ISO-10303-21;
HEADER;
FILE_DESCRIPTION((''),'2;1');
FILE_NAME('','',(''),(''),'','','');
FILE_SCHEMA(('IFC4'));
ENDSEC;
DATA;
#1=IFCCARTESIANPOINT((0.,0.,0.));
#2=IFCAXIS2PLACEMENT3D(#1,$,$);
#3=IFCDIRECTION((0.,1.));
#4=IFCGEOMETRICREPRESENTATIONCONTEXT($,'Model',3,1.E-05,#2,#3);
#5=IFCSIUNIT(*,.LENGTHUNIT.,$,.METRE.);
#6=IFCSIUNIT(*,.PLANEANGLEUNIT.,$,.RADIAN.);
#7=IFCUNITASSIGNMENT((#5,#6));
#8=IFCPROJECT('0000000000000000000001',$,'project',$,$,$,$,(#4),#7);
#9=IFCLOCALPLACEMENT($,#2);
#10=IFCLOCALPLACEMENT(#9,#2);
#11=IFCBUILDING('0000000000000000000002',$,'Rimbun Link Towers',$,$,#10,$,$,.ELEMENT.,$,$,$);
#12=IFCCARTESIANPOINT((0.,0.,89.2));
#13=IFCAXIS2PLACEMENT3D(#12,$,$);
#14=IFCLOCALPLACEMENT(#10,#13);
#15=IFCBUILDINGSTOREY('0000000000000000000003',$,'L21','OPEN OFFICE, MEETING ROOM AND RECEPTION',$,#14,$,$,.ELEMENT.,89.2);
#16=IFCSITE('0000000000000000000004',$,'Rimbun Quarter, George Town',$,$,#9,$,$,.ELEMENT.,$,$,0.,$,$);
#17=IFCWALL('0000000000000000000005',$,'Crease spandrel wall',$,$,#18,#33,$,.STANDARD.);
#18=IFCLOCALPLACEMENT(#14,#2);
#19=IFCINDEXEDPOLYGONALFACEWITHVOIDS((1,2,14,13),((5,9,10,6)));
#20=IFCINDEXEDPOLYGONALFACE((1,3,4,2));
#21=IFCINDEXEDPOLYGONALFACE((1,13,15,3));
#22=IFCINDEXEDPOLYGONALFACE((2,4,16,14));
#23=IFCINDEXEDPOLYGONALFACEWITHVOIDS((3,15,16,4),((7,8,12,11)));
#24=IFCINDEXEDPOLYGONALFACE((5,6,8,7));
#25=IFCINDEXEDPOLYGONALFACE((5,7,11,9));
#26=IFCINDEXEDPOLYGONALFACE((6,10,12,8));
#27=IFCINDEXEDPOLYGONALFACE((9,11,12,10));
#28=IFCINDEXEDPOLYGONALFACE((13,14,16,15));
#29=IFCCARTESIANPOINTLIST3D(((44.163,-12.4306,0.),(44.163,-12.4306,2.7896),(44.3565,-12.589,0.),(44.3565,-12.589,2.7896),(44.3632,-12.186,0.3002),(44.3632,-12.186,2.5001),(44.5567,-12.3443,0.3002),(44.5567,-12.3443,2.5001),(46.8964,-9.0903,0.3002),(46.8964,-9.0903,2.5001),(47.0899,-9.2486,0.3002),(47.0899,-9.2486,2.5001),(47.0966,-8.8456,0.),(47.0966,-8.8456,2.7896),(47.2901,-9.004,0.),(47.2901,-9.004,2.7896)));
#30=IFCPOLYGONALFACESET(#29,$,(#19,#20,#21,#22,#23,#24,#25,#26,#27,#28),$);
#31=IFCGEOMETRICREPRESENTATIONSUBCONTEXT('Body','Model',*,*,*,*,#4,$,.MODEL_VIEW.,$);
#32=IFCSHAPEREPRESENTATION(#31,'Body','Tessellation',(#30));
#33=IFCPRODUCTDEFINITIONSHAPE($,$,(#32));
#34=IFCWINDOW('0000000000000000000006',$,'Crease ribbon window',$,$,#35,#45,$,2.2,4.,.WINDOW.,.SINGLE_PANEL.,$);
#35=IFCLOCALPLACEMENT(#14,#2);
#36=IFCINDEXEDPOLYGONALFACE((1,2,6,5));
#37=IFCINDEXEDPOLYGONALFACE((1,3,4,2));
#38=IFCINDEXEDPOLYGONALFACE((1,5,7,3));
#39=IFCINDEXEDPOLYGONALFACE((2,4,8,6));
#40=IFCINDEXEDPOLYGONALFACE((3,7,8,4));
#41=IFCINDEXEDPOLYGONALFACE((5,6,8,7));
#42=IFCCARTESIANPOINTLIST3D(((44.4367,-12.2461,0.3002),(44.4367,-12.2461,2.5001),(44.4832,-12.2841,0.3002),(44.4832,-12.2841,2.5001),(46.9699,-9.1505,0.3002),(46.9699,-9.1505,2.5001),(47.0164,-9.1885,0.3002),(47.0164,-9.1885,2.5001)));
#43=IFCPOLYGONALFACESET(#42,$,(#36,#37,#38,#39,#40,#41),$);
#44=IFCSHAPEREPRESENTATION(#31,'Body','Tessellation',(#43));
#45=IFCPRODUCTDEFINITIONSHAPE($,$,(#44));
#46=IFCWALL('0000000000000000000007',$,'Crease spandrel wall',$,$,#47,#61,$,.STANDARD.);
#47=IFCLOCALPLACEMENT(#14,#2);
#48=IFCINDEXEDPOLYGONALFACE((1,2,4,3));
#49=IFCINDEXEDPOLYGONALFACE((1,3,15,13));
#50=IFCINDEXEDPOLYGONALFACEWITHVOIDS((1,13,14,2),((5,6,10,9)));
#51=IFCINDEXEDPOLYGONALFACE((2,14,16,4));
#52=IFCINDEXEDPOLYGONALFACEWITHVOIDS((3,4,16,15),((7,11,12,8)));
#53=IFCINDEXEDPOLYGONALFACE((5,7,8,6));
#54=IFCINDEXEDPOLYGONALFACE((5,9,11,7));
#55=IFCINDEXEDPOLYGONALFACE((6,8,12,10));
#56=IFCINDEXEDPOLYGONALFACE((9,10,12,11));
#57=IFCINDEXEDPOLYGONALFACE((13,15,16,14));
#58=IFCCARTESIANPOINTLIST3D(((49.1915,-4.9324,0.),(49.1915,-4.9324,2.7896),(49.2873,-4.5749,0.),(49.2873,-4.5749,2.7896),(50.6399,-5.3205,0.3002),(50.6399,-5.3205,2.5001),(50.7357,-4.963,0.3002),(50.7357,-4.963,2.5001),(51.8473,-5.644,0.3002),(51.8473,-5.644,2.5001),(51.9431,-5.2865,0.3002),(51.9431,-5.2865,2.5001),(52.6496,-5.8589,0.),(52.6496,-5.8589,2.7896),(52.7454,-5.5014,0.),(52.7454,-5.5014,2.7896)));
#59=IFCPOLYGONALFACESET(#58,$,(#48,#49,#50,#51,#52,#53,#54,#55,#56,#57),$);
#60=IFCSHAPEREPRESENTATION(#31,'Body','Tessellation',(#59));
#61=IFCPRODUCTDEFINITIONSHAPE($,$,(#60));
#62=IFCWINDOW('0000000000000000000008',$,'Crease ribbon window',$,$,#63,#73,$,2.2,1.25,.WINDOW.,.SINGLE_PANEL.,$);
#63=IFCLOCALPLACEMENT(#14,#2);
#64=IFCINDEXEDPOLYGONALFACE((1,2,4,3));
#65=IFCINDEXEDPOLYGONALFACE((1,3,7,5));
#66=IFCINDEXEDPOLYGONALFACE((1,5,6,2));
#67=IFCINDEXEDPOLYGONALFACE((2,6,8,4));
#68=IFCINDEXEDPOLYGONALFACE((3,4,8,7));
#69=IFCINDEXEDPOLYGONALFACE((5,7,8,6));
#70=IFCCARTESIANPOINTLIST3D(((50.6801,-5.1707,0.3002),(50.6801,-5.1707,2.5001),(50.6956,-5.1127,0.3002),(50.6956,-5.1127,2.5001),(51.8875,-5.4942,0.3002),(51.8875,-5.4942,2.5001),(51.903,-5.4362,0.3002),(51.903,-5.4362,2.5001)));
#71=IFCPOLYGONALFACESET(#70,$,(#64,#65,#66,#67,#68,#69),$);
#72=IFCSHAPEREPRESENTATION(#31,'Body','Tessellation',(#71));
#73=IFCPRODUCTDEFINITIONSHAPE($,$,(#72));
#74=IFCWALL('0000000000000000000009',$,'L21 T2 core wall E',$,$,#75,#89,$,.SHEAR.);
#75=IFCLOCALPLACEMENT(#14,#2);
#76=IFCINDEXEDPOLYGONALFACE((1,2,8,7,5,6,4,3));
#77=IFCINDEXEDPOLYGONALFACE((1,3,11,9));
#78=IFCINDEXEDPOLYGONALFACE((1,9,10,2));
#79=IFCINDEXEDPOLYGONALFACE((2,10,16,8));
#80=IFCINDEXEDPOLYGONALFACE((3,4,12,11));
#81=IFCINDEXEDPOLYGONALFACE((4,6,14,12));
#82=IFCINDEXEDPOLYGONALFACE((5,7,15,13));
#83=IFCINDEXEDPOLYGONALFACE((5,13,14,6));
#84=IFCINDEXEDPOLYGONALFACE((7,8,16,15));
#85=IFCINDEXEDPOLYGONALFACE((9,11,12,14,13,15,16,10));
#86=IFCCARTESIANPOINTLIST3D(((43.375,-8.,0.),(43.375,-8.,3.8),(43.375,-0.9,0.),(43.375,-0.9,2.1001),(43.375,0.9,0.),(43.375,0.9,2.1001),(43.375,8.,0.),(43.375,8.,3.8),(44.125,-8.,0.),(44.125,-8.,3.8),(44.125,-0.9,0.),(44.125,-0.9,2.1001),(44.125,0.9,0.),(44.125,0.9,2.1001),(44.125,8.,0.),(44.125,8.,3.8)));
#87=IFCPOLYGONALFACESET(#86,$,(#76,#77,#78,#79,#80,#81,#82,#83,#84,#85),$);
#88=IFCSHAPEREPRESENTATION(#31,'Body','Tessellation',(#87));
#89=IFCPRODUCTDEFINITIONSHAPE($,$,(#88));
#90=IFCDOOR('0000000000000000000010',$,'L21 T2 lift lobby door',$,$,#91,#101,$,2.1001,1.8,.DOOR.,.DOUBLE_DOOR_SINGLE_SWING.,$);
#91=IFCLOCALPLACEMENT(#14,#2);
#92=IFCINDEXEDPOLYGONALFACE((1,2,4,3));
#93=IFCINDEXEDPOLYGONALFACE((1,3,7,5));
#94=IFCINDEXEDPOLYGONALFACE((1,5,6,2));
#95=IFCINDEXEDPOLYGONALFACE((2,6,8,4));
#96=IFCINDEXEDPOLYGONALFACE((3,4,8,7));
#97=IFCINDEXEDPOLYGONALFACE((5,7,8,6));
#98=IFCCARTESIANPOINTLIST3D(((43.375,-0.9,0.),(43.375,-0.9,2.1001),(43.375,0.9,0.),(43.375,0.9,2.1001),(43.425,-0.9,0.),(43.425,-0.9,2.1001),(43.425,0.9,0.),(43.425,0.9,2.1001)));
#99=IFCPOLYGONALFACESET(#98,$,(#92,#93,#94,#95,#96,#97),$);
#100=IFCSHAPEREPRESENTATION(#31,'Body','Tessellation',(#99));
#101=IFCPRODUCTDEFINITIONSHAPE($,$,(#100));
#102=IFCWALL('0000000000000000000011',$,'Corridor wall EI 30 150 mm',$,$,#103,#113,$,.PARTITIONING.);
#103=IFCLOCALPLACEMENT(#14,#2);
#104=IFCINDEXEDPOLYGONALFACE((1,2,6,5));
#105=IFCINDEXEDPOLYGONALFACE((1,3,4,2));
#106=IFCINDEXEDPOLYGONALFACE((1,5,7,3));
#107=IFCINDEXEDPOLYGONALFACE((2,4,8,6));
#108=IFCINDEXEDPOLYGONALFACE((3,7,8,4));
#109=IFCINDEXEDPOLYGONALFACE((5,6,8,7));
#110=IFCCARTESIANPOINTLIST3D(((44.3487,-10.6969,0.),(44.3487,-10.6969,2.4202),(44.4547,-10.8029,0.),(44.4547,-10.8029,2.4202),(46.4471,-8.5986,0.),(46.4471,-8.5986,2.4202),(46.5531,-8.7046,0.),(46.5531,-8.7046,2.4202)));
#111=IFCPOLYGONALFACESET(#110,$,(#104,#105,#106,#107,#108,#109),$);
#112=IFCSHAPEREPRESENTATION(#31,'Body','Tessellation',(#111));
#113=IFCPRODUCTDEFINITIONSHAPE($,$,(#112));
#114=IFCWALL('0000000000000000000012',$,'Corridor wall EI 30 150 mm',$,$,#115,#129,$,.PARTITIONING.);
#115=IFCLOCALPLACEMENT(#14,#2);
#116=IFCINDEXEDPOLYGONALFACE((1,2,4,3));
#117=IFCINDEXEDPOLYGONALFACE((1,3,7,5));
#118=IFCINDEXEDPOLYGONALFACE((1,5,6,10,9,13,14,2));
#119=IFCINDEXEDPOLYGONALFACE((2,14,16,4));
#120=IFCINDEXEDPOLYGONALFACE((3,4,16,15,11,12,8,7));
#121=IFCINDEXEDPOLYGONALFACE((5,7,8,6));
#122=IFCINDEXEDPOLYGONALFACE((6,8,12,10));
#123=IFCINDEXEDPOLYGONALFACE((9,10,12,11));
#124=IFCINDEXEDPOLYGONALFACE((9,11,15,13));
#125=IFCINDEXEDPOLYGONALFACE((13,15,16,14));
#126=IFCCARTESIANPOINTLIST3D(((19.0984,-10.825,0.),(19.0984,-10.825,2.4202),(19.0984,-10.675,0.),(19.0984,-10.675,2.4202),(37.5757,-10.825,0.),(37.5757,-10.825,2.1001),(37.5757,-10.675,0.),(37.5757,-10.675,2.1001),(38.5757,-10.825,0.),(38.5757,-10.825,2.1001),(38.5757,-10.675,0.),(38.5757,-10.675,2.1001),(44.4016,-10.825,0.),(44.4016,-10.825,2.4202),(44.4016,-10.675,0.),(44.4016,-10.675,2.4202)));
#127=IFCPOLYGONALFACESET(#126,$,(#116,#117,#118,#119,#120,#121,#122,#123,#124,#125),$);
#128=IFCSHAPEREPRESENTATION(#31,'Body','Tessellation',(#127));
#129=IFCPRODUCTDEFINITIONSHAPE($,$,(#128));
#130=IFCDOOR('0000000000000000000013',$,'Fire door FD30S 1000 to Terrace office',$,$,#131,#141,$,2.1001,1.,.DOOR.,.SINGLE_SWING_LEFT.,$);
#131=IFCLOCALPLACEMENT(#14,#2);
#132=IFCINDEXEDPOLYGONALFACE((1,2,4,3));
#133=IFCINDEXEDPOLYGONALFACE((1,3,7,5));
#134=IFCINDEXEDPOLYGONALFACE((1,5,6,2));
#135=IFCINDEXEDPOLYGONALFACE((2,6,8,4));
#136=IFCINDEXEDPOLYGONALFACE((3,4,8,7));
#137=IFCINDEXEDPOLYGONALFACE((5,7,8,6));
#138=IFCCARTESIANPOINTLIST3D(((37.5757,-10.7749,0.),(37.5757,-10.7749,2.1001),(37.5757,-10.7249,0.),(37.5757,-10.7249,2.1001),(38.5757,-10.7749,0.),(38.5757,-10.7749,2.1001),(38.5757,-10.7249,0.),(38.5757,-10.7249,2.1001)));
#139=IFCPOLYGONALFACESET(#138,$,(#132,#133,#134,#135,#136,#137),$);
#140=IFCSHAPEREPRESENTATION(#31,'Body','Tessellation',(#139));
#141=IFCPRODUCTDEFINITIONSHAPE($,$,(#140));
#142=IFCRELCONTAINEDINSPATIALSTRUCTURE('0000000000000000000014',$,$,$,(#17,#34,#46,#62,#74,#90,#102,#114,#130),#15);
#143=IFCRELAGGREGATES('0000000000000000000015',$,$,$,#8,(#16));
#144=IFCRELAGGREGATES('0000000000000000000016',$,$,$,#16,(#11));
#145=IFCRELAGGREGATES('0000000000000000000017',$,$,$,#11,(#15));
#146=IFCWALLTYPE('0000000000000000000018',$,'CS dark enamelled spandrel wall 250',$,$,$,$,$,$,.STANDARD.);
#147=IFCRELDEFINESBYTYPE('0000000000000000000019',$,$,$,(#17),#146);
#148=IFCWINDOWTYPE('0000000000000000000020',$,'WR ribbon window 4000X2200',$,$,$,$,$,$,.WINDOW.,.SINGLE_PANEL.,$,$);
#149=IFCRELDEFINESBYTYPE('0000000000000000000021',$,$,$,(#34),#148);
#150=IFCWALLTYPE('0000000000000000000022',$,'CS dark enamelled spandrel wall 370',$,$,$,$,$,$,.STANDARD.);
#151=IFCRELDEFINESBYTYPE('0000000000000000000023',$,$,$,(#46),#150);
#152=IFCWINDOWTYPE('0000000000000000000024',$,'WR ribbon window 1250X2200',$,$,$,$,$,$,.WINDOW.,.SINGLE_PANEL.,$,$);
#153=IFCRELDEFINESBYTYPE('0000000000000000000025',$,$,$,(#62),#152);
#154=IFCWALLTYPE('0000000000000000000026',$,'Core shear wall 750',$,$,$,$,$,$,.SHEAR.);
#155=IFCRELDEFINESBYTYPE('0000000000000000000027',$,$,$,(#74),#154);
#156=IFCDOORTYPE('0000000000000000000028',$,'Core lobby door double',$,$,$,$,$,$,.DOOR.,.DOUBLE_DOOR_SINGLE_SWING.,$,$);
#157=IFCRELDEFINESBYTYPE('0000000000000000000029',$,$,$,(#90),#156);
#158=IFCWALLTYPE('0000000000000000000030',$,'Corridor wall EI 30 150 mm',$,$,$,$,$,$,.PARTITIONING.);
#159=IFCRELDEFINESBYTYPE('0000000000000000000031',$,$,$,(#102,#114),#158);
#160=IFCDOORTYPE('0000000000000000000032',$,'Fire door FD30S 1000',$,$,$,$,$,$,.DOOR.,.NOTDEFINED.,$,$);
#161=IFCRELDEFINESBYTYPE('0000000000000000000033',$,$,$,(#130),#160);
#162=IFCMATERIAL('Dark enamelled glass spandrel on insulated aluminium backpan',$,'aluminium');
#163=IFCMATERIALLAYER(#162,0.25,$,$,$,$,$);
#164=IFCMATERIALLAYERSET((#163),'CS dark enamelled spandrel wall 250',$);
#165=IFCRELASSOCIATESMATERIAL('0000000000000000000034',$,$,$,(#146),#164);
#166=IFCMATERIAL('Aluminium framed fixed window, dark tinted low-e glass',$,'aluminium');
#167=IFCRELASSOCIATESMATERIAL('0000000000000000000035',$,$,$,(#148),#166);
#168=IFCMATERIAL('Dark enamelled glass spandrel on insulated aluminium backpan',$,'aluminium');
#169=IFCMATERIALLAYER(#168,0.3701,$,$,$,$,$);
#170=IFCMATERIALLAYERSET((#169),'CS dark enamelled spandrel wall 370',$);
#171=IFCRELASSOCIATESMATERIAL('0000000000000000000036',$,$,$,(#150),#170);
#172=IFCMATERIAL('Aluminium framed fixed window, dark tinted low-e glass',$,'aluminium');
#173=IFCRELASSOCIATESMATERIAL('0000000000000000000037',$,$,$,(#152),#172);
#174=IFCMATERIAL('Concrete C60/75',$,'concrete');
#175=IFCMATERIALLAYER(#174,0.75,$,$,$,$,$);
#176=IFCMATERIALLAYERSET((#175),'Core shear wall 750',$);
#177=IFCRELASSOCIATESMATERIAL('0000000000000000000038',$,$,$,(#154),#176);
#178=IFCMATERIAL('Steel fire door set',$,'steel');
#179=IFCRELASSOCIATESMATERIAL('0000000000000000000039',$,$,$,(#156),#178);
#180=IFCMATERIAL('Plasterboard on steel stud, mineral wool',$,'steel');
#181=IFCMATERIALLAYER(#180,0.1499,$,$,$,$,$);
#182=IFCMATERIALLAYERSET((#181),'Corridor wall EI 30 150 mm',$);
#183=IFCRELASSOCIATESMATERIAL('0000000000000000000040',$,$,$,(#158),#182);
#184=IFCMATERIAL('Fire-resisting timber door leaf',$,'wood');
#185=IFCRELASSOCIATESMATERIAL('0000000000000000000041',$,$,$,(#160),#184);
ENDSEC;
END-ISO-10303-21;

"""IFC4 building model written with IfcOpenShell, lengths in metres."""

from ifc_helpers import new_model, si_unit, direction, frame, frame_2d, origin, place, context, subcontext, project, spatial, rectangle, extrude, material, layer, layer_set, type_object, element, fill, save


model = new_model("IFC4")

# Units and contexts
model_context = context("Model", 3, precision=1e-05, world=origin(), true_north=direction((0.0, 1.0)))
body_context = subcontext(model_context, "Body", "Model", "MODEL_VIEW")
ifc_project = project(units=[si_unit("LENGTHUNIT", "METRE"), si_unit("PLANEANGLEUNIT", "RADIAN")], contexts=[model_context])

# Site, building, storey
site_placement = place(None, origin())
site = spatial("IfcSite", under=ifc_project, at=site_placement, Name="Rimbun Quarter, George Town", CompositionType="ELEMENT", RefElevation=0.0)
building_placement = place(site_placement, origin())
building = spatial("IfcBuilding", under=site, at=building_placement, Name="Rimbun Link Towers", CompositionType="ELEMENT")
storey_placement = place(building_placement, frame((0.0, 0.0, 89.2)))
storey = spatial("IfcBuildingStorey", under=building, at=storey_placement, Name="L21", Description="OPEN OFFICE, MEETING ROOM AND RECEPTION", CompositionType="ELEMENT", Elevation=89.2)

# Walls, openings, windows
ifc_material_1 = material(Name="Dark enamelled glass spandrel on insulated aluminium backpan", Category="aluminium")
ifc_layer_1 = layer(ifc_material_1, 0.25)
ifc_layer_set_1 = layer_set([ifc_layer_1], Name="CS dark enamelled spandrel wall 250")
wall_type_1 = type_object("IfcWallType", Name="CS dark enamelled spandrel wall 250", PredefinedType="STANDARD", material=ifc_layer_set_1)
wall_1_placement = place(storey_placement, frame((47.1934, -8.9248, 0.0), z_axis=(0.0, 0.0, 1.0), x_axis=(-0.633295, -0.77391, 0.0)))
wall_1 = element("IfcWall", 1, at=wall_1_placement, inside=storey, type_object=wall_type_1, Name="Crease spandrel wall", PredefinedType="STANDARD", context=body_context, shape_type="SweptSolid", body=[
    extrude(rectangle(XDim=4.6323, YDim=0.25, at=frame_2d((2.3162, 0.0))), origin(), (0.0, 0.0, 1.0), 2.7896),
])
opening_1_placement = place(wall_1_placement, frame((0.3162, 0.0, 0.3)))
opening_1 = element("IfcOpeningElement", 2, at=opening_1_placement, cuts=wall_1, PredefinedType="OPENING", context=body_context, shape_type="SweptSolid", body=[
    extrude(rectangle(XDim=4.0, YDim=2.2, at=frame_2d((2.0, 1.1001))), frame((0.0, 0.135, 0.0), z_axis=(0.0, -1.0, 0.0), x_axis=(1.0, 0.0, 0.0)), (0.0, 0.0, 1.0), 0.27),
])
ifc_material_2 = material(Name="Aluminium framed fixed window, dark tinted low-e glass", Category="aluminium")
window_type_1 = type_object("IfcWindowType", Name="WR ribbon window 4000X2200", PartitioningType="SINGLE_PANEL", PredefinedType="WINDOW", material=ifc_material_2)
window_1_placement = place(opening_1_placement, origin())
window_1 = element("IfcWindow", 3, at=window_1_placement, inside=storey, type_object=window_type_1, Name="Crease ribbon window", OverallHeight=2.2, OverallWidth=4.0, PartitioningType="SINGLE_PANEL", PredefinedType="WINDOW", context=body_context, shape_type="SweptSolid", body=[
    extrude(rectangle(XDim=4.0, YDim=2.2, at=frame_2d((2.0, 1.1001))), frame((0.0, 0.03, 0.0), z_axis=(0.0, -1.0, 0.0), x_axis=(1.0, 0.0, 0.0)), (0.0, 0.0, 1.0), 0.0601),
])
fill(opening_1, window_1)
ifc_material_3 = material(Name="Dark enamelled glass spandrel on insulated aluminium backpan", Category="aluminium")
ifc_layer_2 = layer(ifc_material_3, 0.3701)
ifc_layer_set_2 = layer_set([ifc_layer_2], Name="CS dark enamelled spandrel wall 370")
wall_type_2 = type_object("IfcWallType", Name="CS dark enamelled spandrel wall 370", PredefinedType="STANDARD", material=ifc_layer_set_2)
wall_2_placement = place(storey_placement, frame((52.6975, -5.6802, 0.0), z_axis=(0.0, 0.0, 1.0), x_axis=(-0.96593, 0.258804, 0.0)))
wall_2 = element("IfcWall", 4, at=wall_2_placement, inside=storey, type_object=wall_type_2, Name="Crease spandrel wall", PredefinedType="STANDARD", context=body_context, shape_type="SweptSolid", body=[
    extrude(rectangle(XDim=3.5801, YDim=0.3701, at=frame_2d((1.79, 0.0))), origin(), (0.0, 0.0, 1.0), 2.7896),
])
opening_2_placement = place(wall_2_placement, frame((0.8306, 0.0, 0.3)))
opening_2 = element("IfcOpeningElement", 5, at=opening_2_placement, cuts=wall_2, PredefinedType="OPENING", context=body_context, shape_type="SweptSolid", body=[
    extrude(rectangle(XDim=1.25, YDim=2.2, at=frame_2d((0.625, 1.1001))), frame((0.0, 0.1951, 0.0), z_axis=(0.0, -1.0, 0.0), x_axis=(1.0, 0.0, 0.0)), (0.0, 0.0, 1.0), 0.3901),
])
ifc_material_4 = material(Name="Aluminium framed fixed window, dark tinted low-e glass", Category="aluminium")
window_type_2 = type_object("IfcWindowType", Name="WR ribbon window 1250X2200", PartitioningType="SINGLE_PANEL", PredefinedType="WINDOW", material=ifc_material_4)
window_2_placement = place(opening_2_placement, origin())
window_2 = element("IfcWindow", 6, at=window_2_placement, inside=storey, type_object=window_type_2, Name="Crease ribbon window", OverallHeight=2.2, OverallWidth=1.25, PartitioningType="SINGLE_PANEL", PredefinedType="WINDOW", context=body_context, shape_type="SweptSolid", body=[
    extrude(rectangle(XDim=1.25, YDim=2.2, at=frame_2d((0.625, 1.1001))), frame((0.0, 0.03, 0.0), z_axis=(0.0, -1.0, 0.0), x_axis=(1.0, 0.0, 0.0)), (0.0, 0.0, 1.0), 0.0601),
])
fill(opening_2, window_2)

# Wall, opening, door
ifc_material_5 = material(Name="Concrete C60/75", Category="concrete")
ifc_layer_3 = layer(ifc_material_5, 0.75)
ifc_layer_set_3 = layer_set([ifc_layer_3], Name="Core shear wall 750")
wall_type_3 = type_object("IfcWallType", Name="Core shear wall 750", PredefinedType="SHEAR", material=ifc_layer_set_3)
wall_3_placement = place(storey_placement, frame((43.75, -8.0, 0.0), z_axis=(0.0, 0.0, 1.0), x_axis=(0.0, 1.0, 0.0)))
wall_3 = element("IfcWall", 7, at=wall_3_placement, inside=storey, type_object=wall_type_3, Name="L21 T2 core wall E", PredefinedType="SHEAR", context=body_context, shape_type="SweptSolid", body=[
    extrude(rectangle(XDim=16.0, YDim=0.75, at=frame_2d((8.0, 0.0))), origin(), (0.0, 0.0, 1.0), 3.8),
])
opening_3_placement = place(wall_3_placement, frame((7.1001, 0.0, 0.0)))
opening_3 = element("IfcOpeningElement", 8, at=opening_3_placement, cuts=wall_3, PredefinedType="OPENING", context=body_context, shape_type="SweptSolid", body=[
    extrude(rectangle(XDim=1.8, YDim=2.1001, at=frame_2d((0.8999, 1.05))), frame((0.0, 0.385, 0.0), z_axis=(0.0, -1.0, 0.0), x_axis=(1.0, 0.0, 0.0)), (0.0, 0.0, 1.0), 0.77),
])
ifc_material_6 = material(Name="Steel fire door set", Category="steel")
door_type_1 = type_object("IfcDoorType", Name="Core lobby door double", OperationType="DOUBLE_DOOR_SINGLE_SWING", PredefinedType="DOOR", material=ifc_material_6)
door_1_placement = place(opening_3_placement, origin())
door_1 = element("IfcDoor", 9, at=door_1_placement, inside=storey, type_object=door_type_1, Name="L21 T2 lift lobby door", OperationType="DOUBLE_DOOR_SINGLE_SWING", OverallHeight=2.1001, OverallWidth=1.8, PredefinedType="DOOR", context=body_context, shape_type="SweptSolid", body=[
    extrude(rectangle(XDim=1.8, YDim=2.1001, at=frame_2d((0.8999, 1.05))), frame((0.0, 0.375, 0.0), z_axis=(0.0, -1.0, 0.0), x_axis=(1.0, 0.0, 0.0)), (0.0, 0.0, 1.0), 0.05),
])
fill(opening_3, door_1)

# Wall
ifc_material_7 = material(Name="Plasterboard on steel stud, mineral wool", Category="steel")
ifc_layer_4 = layer(ifc_material_7, 0.1499)
ifc_layer_set_4 = layer_set([ifc_layer_4], Name="Corridor wall EI 30 150 mm")
wall_type_4 = type_object("IfcWallType", Name="Corridor wall EI 30 150 mm", PredefinedType="PARTITIONING", material=ifc_layer_set_4)
wall_4_placement = place(storey_placement, frame((44.4016, -10.75, 0.0), z_axis=(0.0, 0.0, 1.0), x_axis=(0.707107, 0.707107, 0.0)))
element("IfcWall", 10, at=wall_4_placement, inside=storey, type_object=wall_type_4, Name="Corridor wall EI 30 150 mm", PredefinedType="PARTITIONING", context=body_context, shape_type="SweptSolid", body=[
    extrude(rectangle(XDim=2.9675, YDim=0.1499, at=frame_2d((1.4839, 0.0))), origin(), (0.0, 0.0, 1.0), 2.4202),
])

# Wall, opening, door
wall_5_placement = place(storey_placement, frame((44.4016, -10.75, 0.0), z_axis=(0.0, 0.0, 1.0), x_axis=(-1.0, 0.0, 0.0)))
wall_5 = element("IfcWall", 11, at=wall_5_placement, inside=storey, type_object=wall_type_4, Name="Corridor wall EI 30 150 mm", PredefinedType="PARTITIONING", context=body_context, shape_type="SweptSolid", body=[
    extrude(rectangle(XDim=25.3032, YDim=0.1499, at=frame_2d((12.6516, 0.0))), origin(), (0.0, 0.0, 1.0), 2.4202),
])
opening_4_placement = place(wall_5_placement, frame((5.8259, 0.0, 0.0)))
opening_4 = element("IfcOpeningElement", 12, at=opening_4_placement, cuts=wall_5, PredefinedType="OPENING", context=body_context, shape_type="SweptSolid", body=[
    extrude(rectangle(XDim=1.0, YDim=2.1001, at=frame_2d((0.5, 1.05))), frame((0.0, 0.085, 0.0), z_axis=(0.0, -1.0, 0.0), x_axis=(1.0, 0.0, 0.0)), (0.0, 0.0, 1.0), 0.1699),
])
ifc_material_8 = material(Name="Fire-resisting timber door leaf", Category="wood")
door_type_2 = type_object("IfcDoorType", Name="Fire door FD30S 1000", OperationType="NOTDEFINED", PredefinedType="DOOR", material=ifc_material_8)
door_2_placement = place(opening_4_placement, origin())
door_2 = element("IfcDoor", 13, at=door_2_placement, inside=storey, type_object=door_type_2, Name="Fire door FD30S 1000 to Terrace office", OperationType="SINGLE_SWING_LEFT", OverallHeight=2.1001, OverallWidth=1.0, PredefinedType="DOOR", context=body_context, shape_type="SweptSolid", body=[
    extrude(rectangle(XDim=1.0, YDim=2.1001, at=frame_2d((0.5, 1.05))), frame((0.0, 0.0249, 0.0), z_axis=(0.0, -1.0, 0.0), x_axis=(1.0, 0.0, 0.0)), (0.0, 0.0, 1.0), 0.05),
])
fill(opening_4, door_2)

save(model, "model.ifc")
